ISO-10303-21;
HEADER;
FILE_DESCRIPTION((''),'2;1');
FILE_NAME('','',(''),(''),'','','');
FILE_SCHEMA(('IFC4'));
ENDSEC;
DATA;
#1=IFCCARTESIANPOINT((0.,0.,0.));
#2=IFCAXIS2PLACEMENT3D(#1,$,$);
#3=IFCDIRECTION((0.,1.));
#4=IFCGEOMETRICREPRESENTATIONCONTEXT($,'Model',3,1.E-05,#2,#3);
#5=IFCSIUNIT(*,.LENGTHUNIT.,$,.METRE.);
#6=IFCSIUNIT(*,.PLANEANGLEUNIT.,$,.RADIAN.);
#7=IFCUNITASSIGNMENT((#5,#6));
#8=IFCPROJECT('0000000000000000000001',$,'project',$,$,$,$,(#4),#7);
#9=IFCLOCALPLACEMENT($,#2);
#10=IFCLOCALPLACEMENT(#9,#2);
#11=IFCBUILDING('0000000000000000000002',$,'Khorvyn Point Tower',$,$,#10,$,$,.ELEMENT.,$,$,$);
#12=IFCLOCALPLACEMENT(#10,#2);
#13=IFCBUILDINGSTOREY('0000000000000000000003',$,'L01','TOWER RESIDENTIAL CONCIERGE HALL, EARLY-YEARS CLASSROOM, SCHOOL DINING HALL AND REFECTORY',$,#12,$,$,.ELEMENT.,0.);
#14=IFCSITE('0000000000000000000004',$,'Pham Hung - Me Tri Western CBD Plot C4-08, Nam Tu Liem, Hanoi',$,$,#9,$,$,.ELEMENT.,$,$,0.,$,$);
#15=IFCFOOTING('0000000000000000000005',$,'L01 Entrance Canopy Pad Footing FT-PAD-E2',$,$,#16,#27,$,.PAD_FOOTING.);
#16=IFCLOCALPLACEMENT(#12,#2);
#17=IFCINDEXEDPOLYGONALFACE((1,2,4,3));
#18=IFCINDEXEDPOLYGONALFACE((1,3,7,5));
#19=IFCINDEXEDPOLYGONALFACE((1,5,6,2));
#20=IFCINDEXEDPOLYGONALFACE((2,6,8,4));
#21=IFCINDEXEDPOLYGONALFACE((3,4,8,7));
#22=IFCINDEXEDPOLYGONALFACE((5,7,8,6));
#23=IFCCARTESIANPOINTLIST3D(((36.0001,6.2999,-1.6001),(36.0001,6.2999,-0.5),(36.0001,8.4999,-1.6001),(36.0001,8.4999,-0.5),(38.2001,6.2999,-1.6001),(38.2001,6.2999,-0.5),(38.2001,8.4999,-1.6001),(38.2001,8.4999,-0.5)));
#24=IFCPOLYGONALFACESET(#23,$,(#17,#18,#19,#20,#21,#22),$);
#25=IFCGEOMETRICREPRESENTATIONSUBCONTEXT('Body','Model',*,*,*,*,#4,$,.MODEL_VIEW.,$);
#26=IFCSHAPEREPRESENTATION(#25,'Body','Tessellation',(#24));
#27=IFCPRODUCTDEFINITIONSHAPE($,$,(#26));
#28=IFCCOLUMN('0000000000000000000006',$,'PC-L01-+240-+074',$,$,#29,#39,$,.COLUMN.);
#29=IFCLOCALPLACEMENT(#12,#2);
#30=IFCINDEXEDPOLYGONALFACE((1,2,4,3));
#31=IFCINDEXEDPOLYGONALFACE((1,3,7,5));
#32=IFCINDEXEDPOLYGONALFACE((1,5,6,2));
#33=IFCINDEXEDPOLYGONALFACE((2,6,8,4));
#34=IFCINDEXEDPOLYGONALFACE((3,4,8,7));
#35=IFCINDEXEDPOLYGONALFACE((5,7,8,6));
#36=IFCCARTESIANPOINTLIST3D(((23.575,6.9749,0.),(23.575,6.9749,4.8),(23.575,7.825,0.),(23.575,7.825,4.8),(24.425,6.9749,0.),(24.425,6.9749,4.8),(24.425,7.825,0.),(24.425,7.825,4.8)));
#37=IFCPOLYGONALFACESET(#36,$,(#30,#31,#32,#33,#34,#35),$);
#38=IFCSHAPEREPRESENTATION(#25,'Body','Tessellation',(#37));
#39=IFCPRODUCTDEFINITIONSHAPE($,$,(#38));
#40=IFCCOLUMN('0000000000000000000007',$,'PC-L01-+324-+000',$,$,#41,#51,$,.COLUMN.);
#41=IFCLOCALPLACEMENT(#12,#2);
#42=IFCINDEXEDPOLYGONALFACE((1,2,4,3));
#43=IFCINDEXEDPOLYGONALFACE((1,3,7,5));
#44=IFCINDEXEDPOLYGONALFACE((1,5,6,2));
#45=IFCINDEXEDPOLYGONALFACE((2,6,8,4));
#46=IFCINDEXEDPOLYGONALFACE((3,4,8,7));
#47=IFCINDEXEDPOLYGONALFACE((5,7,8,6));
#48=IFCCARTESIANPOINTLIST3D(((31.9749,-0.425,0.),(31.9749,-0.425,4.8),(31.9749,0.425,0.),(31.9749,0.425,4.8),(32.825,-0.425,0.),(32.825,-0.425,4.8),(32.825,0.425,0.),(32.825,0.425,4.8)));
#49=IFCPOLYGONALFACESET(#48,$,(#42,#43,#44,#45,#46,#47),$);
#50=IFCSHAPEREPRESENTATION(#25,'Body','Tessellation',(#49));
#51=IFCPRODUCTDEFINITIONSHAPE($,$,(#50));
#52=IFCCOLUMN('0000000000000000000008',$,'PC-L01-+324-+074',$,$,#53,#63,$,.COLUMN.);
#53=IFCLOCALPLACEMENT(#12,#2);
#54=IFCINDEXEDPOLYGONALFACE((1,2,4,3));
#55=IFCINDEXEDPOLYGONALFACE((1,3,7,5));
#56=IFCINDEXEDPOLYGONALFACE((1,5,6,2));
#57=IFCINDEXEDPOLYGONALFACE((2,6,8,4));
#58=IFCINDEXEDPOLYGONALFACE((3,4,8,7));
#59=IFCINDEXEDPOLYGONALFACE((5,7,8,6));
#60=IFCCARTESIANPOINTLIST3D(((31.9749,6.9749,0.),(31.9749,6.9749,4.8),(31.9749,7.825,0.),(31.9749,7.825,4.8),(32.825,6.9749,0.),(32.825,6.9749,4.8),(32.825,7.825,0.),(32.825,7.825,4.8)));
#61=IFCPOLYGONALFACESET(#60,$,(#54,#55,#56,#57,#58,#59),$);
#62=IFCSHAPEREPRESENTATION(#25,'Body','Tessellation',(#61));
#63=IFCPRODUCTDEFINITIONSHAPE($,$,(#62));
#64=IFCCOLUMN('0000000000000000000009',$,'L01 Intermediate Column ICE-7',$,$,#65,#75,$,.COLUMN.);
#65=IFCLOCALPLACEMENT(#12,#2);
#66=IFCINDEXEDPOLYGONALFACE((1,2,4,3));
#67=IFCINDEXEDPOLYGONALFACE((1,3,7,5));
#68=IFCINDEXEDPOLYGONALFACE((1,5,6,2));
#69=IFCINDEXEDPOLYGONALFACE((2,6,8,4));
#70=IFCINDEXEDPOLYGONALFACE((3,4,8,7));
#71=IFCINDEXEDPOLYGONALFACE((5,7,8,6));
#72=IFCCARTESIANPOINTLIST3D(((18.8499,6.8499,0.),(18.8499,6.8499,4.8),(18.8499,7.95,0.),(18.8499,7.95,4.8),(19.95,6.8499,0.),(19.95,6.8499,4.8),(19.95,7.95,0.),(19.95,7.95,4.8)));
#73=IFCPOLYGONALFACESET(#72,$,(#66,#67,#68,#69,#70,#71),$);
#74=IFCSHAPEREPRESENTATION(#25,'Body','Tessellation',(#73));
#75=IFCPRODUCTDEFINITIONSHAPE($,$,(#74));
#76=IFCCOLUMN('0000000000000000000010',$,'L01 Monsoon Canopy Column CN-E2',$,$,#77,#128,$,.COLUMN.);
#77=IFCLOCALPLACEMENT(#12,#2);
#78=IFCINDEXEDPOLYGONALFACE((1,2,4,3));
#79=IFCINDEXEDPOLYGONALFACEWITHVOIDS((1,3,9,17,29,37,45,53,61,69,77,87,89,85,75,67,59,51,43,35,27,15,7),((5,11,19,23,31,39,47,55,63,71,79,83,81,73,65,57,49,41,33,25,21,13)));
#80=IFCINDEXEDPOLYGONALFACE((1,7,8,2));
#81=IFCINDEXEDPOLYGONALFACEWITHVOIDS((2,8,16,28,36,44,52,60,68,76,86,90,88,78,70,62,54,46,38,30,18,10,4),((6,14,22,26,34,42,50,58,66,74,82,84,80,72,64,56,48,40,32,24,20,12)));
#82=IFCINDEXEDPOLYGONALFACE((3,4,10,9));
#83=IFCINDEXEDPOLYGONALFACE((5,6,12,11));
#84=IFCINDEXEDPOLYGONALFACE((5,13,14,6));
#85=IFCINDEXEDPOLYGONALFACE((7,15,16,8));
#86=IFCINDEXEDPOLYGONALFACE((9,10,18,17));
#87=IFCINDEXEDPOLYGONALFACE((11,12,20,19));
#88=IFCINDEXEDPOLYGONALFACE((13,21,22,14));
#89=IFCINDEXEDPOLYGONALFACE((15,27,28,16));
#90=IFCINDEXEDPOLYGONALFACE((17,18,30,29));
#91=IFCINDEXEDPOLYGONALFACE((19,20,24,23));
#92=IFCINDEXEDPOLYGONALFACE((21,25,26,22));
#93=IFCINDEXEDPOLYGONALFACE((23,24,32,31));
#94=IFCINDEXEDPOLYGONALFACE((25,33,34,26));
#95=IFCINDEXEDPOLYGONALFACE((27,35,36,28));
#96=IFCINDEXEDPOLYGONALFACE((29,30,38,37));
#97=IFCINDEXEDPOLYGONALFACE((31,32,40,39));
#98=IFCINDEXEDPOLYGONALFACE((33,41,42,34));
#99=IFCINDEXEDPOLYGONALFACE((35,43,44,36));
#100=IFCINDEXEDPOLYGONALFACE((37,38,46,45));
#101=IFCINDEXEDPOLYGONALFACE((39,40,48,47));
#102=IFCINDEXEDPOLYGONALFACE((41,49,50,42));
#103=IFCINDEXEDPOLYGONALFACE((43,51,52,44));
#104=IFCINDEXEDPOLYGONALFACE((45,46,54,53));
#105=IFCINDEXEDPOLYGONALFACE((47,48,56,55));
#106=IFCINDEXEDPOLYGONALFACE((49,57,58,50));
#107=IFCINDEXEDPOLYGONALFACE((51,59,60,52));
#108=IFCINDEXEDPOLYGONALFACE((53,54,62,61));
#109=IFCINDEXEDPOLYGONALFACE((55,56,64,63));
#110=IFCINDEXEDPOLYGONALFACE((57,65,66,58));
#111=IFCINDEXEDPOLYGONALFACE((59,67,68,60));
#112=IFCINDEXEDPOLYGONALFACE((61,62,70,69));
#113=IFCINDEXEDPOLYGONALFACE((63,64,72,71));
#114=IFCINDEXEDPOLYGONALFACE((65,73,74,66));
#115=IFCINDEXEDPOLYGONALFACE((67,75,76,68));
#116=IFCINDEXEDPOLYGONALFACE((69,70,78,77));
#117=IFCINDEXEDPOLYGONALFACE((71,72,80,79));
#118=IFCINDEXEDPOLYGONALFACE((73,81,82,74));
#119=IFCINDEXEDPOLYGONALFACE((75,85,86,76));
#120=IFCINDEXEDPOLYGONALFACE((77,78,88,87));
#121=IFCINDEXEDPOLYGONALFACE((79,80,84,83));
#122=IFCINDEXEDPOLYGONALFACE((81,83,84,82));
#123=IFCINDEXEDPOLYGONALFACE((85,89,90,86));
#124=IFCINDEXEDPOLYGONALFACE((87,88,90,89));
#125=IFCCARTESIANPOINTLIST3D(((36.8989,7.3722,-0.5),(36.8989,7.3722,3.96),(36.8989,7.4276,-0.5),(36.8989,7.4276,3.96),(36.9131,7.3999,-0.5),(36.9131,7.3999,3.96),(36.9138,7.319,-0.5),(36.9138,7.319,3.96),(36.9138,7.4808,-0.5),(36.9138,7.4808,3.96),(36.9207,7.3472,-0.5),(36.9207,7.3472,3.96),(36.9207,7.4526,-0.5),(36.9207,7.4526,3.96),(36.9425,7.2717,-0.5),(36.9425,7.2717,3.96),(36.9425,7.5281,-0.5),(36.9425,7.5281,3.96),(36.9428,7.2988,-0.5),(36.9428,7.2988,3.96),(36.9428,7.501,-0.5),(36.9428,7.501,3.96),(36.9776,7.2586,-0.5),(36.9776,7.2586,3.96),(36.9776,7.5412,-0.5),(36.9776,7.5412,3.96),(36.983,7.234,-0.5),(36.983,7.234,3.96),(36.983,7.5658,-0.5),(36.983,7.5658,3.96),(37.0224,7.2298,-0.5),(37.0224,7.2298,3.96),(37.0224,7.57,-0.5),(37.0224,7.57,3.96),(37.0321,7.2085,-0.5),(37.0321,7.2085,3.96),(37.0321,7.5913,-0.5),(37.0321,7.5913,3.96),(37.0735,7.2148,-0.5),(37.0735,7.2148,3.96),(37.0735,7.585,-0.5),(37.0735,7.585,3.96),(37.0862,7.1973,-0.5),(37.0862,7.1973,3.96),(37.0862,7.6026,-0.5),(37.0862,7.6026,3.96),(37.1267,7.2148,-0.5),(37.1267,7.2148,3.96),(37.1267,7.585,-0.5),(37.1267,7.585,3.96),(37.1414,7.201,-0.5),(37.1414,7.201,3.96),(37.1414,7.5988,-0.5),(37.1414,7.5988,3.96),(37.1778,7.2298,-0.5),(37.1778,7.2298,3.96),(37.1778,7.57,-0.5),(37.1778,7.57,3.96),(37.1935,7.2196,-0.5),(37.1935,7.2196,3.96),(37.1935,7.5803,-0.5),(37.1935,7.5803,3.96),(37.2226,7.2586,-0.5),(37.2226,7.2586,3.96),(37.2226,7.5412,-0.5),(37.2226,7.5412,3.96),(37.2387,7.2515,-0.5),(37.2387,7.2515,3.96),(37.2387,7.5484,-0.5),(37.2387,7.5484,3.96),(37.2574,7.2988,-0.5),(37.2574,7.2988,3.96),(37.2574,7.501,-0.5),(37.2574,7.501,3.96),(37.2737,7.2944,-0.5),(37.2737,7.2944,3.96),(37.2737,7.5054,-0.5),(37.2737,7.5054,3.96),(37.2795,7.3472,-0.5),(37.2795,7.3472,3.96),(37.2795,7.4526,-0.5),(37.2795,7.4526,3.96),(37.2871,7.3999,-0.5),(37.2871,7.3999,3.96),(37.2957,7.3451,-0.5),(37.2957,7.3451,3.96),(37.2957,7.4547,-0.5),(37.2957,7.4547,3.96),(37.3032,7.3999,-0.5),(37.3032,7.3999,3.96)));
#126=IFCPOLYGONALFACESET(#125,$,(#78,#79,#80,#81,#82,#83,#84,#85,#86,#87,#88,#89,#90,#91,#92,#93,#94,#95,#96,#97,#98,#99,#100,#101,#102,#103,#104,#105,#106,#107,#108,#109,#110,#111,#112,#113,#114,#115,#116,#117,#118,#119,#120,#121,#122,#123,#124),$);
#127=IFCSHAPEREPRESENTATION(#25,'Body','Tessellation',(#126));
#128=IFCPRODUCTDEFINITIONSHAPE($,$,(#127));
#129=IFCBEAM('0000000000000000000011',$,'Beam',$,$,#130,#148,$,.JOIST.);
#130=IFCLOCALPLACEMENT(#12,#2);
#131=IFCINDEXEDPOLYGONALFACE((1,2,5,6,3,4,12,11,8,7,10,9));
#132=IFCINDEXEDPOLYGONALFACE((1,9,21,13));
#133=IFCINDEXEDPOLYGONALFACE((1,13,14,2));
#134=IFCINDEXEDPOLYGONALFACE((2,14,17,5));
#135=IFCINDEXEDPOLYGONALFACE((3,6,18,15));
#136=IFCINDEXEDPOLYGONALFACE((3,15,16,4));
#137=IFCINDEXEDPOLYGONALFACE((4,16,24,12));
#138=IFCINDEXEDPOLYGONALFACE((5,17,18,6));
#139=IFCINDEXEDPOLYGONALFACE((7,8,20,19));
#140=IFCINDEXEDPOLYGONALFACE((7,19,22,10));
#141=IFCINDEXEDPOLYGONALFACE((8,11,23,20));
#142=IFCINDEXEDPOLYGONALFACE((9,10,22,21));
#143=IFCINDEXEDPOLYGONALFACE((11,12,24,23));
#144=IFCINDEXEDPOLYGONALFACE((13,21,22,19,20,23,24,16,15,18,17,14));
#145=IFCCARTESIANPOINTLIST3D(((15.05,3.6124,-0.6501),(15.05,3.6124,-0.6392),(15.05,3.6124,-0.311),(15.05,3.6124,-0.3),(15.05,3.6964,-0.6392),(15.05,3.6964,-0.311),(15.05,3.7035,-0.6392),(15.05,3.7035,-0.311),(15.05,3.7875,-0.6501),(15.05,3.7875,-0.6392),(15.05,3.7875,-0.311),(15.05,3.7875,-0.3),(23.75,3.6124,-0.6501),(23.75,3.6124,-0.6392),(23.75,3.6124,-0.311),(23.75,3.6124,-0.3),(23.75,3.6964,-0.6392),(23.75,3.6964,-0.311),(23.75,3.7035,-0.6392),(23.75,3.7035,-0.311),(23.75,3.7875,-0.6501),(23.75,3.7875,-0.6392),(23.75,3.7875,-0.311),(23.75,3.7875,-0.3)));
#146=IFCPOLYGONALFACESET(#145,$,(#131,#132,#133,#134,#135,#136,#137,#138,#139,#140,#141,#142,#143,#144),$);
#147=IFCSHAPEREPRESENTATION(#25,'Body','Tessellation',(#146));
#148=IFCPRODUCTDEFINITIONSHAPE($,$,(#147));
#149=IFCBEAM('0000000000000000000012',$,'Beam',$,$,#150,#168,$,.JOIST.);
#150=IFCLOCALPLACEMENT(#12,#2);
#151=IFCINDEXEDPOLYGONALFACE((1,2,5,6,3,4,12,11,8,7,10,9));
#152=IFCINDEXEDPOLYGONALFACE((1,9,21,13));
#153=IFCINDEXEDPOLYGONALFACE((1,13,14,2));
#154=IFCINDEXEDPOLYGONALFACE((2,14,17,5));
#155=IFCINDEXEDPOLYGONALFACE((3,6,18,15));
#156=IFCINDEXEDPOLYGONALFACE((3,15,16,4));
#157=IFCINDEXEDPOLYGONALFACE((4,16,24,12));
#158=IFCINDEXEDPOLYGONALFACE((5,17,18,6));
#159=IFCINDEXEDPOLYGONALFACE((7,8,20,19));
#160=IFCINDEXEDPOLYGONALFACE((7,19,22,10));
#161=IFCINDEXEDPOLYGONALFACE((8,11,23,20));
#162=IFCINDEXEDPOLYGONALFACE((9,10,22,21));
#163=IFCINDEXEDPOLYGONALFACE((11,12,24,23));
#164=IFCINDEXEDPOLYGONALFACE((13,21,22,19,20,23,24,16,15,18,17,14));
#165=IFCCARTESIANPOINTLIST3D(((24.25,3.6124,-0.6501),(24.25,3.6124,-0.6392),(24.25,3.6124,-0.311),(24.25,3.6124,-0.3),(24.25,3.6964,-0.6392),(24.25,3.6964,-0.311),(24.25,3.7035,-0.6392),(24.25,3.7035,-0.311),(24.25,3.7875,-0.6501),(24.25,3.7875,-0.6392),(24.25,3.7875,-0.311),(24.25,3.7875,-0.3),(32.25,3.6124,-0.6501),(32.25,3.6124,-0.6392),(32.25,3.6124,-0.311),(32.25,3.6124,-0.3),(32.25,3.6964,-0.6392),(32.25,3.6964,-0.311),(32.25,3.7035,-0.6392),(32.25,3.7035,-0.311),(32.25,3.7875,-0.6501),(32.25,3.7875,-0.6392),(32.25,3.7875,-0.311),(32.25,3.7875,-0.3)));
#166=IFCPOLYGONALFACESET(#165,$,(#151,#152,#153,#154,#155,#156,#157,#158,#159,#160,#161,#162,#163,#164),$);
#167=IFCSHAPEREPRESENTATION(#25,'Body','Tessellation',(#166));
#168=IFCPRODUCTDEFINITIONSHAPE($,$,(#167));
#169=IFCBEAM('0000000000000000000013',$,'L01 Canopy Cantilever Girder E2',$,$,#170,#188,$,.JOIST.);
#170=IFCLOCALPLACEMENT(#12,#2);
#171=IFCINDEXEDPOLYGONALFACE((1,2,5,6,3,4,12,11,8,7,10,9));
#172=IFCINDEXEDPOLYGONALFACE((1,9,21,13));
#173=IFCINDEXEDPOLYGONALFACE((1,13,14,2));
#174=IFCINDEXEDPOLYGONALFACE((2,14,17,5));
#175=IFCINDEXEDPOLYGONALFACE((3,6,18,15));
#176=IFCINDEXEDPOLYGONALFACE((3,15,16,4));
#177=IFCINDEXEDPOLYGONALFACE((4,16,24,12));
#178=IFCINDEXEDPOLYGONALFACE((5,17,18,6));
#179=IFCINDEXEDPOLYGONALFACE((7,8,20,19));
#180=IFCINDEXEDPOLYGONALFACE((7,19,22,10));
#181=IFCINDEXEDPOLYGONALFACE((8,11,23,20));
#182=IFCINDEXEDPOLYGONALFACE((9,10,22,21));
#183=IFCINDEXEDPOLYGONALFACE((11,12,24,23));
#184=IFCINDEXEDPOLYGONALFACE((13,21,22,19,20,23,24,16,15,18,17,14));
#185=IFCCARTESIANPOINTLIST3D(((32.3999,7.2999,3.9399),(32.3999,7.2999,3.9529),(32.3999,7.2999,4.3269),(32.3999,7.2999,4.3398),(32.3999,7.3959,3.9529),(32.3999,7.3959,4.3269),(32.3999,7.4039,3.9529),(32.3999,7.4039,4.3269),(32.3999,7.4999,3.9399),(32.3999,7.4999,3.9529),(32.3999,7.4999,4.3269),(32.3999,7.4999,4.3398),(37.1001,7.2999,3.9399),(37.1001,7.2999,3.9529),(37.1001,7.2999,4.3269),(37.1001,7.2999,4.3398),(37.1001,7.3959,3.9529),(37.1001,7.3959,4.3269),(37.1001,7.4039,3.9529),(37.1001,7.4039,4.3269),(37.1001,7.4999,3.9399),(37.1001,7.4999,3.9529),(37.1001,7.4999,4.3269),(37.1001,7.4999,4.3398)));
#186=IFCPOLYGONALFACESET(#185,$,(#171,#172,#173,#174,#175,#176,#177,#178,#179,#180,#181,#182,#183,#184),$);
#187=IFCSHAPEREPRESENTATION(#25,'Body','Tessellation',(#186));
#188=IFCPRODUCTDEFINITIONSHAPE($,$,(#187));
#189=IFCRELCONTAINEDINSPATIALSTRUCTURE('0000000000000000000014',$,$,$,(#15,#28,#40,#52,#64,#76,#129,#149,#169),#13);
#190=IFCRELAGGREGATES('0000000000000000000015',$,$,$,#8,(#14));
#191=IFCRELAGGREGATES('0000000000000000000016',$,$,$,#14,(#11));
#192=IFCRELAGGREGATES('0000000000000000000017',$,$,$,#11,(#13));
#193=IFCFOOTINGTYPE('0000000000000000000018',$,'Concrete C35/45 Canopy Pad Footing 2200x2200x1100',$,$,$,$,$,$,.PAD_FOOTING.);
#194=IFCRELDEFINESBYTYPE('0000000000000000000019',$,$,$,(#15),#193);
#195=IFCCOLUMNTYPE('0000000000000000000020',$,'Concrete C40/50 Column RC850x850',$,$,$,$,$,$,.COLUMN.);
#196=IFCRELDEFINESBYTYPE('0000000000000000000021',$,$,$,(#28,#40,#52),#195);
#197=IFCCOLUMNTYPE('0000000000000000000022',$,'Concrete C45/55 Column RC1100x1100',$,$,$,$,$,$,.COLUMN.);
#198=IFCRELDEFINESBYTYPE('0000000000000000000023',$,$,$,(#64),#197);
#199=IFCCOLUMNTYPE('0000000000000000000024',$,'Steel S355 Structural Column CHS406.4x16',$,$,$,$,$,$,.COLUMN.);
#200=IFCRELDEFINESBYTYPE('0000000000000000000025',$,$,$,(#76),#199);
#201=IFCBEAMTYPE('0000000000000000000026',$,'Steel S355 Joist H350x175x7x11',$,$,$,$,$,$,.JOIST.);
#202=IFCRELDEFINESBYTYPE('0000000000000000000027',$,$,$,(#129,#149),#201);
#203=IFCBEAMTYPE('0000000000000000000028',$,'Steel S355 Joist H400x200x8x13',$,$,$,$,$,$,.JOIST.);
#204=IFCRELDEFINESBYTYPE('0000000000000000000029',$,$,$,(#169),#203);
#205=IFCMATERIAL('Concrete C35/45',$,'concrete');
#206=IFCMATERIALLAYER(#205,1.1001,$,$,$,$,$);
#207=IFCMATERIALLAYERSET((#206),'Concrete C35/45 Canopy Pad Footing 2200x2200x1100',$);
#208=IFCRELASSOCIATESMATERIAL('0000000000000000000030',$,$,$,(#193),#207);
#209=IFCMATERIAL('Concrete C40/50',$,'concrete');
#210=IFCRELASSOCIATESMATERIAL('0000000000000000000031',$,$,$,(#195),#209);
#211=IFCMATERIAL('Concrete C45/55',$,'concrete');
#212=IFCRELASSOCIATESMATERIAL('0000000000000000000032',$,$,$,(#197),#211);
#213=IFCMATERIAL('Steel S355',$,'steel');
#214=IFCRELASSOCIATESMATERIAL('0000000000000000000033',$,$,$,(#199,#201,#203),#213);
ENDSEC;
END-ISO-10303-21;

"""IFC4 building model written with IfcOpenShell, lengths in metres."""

from ifc_helpers import new_model, si_unit, direction, frame, origin, origin_2d, place, context, subcontext, project, spatial, rectangle, hollow_circle, i_section, extrude, material, layer, layer_set, material_profile, profile_set, type_object, element, save


model = new_model("IFC4")

# Units and contexts
model_context = context("Model", 3, precision=1e-05, world=origin(), true_north=direction((0.0, 1.0)))
body_context = subcontext(model_context, "Body", "Model", "MODEL_VIEW")
ifc_project = project(units=[si_unit("LENGTHUNIT", "METRE"), si_unit("PLANEANGLEUNIT", "RADIAN")], contexts=[model_context])

# Site, building, storey
site_placement = place(None, origin())
site = spatial("IfcSite", under=ifc_project, at=site_placement, Name="Pham Hung - Me Tri Western CBD Plot C4-08, Nam Tu Liem, Hanoi", CompositionType="ELEMENT", RefElevation=0.0)
building_placement = place(site_placement, origin())
building = spatial("IfcBuilding", under=site, at=building_placement, Name="Khorvyn Point Tower", CompositionType="ELEMENT")
storey_placement = place(building_placement, origin())
storey = spatial("IfcBuildingStorey", under=building, at=storey_placement, Name="L01", Description="TOWER RESIDENTIAL CONCIERGE HALL, EARLY-YEARS CLASSROOM, SCHOOL DINING HALL AND REFECTORY", CompositionType="ELEMENT", Elevation=0.0)

# Footing
ifc_material_1 = material(Name="Concrete C35/45", Category="concrete")
ifc_layer_1 = layer(ifc_material_1, 1.1001)
ifc_layer_set_1 = layer_set([ifc_layer_1], Name="Concrete C35/45 Canopy Pad Footing 2200x2200x1100")
footing_type = type_object("IfcFootingType", Name="Concrete C35/45 Canopy Pad Footing 2200x2200x1100", PredefinedType="PAD_FOOTING", material=ifc_layer_set_1)
footing_placement = place(storey_placement, frame((37.1001, 7.3999, -1.6001), z_axis=(0.0, 0.0, 1.0), x_axis=(1.0, 0.0, 0.0)))
element("IfcFooting", 1, at=footing_placement, inside=storey, type_object=footing_type, Name="L01 Entrance Canopy Pad Footing FT-PAD-E2", PredefinedType="PAD_FOOTING", context=body_context, shape_type="SweptSolid", body=[
    extrude(rectangle(XDim=2.2, YDim=2.2, at=origin_2d()), origin(), (0.0, 0.0, 1.0), 1.1001),
])

# Columns
ifc_material_2 = material(Name="Concrete C40/50", Category="concrete")
ifc_material_profile_1 = material_profile(ifc_material_2, rectangle(XDim=0.8501, YDim=0.8501, at=origin_2d()))
ifc_profile_set_1 = profile_set([ifc_material_profile_1], Name="Concrete C40/50 RC850x850")
column_type_1 = type_object("IfcColumnType", Name="Concrete C40/50 Column RC850x850", PredefinedType="COLUMN", material=ifc_profile_set_1)
for number, where, z_axis, x_axis, name in (
    (2, (24.0, 7.3999, 0.0), (0.0, 0.0, 1.0), (1.0, 0.0, 0.0), "PC-L01-+240-+074"),
    (3, (32.3999, 0.0, 0.0), (0.0, 0.0, 1.0), (1.0, 0.0, 0.0), "PC-L01-+324-+000"),
    (4, (32.3999, 7.3999, 0.0), (0.0, 0.0, 1.0), (1.0, 0.0, 0.0), "PC-L01-+324-+074"),
):
    element("IfcColumn", number, at=place(storey_placement, frame(where, z_axis=z_axis, x_axis=x_axis)), inside=storey, type_object=column_type_1, Name=name, PredefinedType="COLUMN", context=body_context, shape_type="SweptSolid", body=[
        extrude(rectangle(XDim=0.8501, YDim=0.8501, at=origin_2d()), origin(), (0.0, 0.0, 1.0), 4.8),
    ])
ifc_material_3 = material(Name="Concrete C45/55", Category="concrete")
ifc_material_profile_2 = material_profile(ifc_material_3, rectangle(XDim=1.1001, YDim=1.1001, at=origin_2d()))
ifc_profile_set_2 = profile_set([ifc_material_profile_2], Name="Concrete C45/55 RC1100x1100")
column_type_2 = type_object("IfcColumnType", Name="Concrete C45/55 Column RC1100x1100", PredefinedType="COLUMN", material=ifc_profile_set_2)
column_1_placement = place(storey_placement, frame((19.3999, 7.3999, 0.0), z_axis=(0.0, 0.0, 1.0), x_axis=(1.0, 0.0, 0.0)))
element("IfcColumn", 5, at=column_1_placement, inside=storey, type_object=column_type_2, Name="L01 Intermediate Column ICE-7", PredefinedType="COLUMN", context=body_context, shape_type="SweptSolid", body=[
    extrude(rectangle(XDim=1.1001, YDim=1.1001, at=origin_2d()), origin(), (0.0, 0.0, 1.0), 4.8),
])
ifc_material_4 = material(Name="Steel S355", Category="steel")
ifc_material_profile_3 = material_profile(ifc_material_4, hollow_circle(Radius=0.2031, WallThickness=0.0161, at=origin_2d()))
ifc_profile_set_3 = profile_set([ifc_material_profile_3], Name="Steel S355 CHS406.4x16")
column_type_3 = type_object("IfcColumnType", Name="Steel S355 Structural Column CHS406.4x16", PredefinedType="COLUMN", material=ifc_profile_set_3)
column_2_placement = place(storey_placement, frame((37.1001, 7.3999, -0.5), z_axis=(0.0, 0.0, 1.0), x_axis=(1.0, 0.0, 0.0)))
element("IfcColumn", 6, at=column_2_placement, inside=storey, type_object=column_type_3, Name="L01 Monsoon Canopy Column CN-E2", PredefinedType="COLUMN", context=body_context, shape_type="SweptSolid", body=[
    extrude(hollow_circle(Radius=0.2031, WallThickness=0.0161, at=origin_2d()), origin(), (0.0, 0.0, 1.0), 4.46),
])

# Beams
ifc_material_profile_4 = material_profile(ifc_material_4, i_section(OverallWidth=0.175, OverallDepth=0.3501, WebThickness=0.0071, FlangeThickness=0.011, at=origin_2d()))
ifc_profile_set_4 = profile_set([ifc_material_profile_4], Name="Steel S355 H350x175x7x11")
beam_type_1 = type_object("IfcBeamType", Name="Steel S355 Joist H350x175x7x11", PredefinedType="JOIST", material=ifc_profile_set_4)
beam_1_placement = place(storey_placement, frame((15.05, 3.7, -0.4751), z_axis=(1.0, 0.0, 0.0), x_axis=(0.0, 1.0, 0.0)))
element("IfcBeam", 7, at=beam_1_placement, inside=storey, type_object=beam_type_1, Name="Beam", PredefinedType="JOIST", context=body_context, shape_type="SweptSolid", body=[
    extrude(i_section(OverallWidth=0.175, OverallDepth=0.3501, WebThickness=0.0071, FlangeThickness=0.011, at=origin_2d()), origin(), (0.0, 0.0, 1.0), 8.7),
])
beam_2_placement = place(storey_placement, frame((24.25, 3.7, -0.4751), z_axis=(1.0, 0.0, 0.0), x_axis=(0.0, 1.0, 0.0)))
element("IfcBeam", 8, at=beam_2_placement, inside=storey, type_object=beam_type_1, Name="Beam", PredefinedType="JOIST", context=body_context, shape_type="SweptSolid", body=[
    extrude(i_section(OverallWidth=0.175, OverallDepth=0.3501, WebThickness=0.0071, FlangeThickness=0.011, at=origin_2d()), origin(), (0.0, 0.0, 1.0), 8.0),
])
ifc_material_profile_5 = material_profile(ifc_material_4, i_section(OverallWidth=0.2, OverallDepth=0.3999, WebThickness=0.0081, FlangeThickness=0.0129, at=origin_2d()))
ifc_profile_set_5 = profile_set([ifc_material_profile_5], Name="Steel S355 H400x200x8x13")
beam_type_2 = type_object("IfcBeamType", Name="Steel S355 Joist H400x200x8x13", PredefinedType="JOIST", material=ifc_profile_set_5)
beam_3_placement = place(storey_placement, frame((32.3999, 7.3999, 4.1399), z_axis=(1.0, 0.0, 0.0), x_axis=(0.0, 1.0, 0.0)))
element("IfcBeam", 9, at=beam_3_placement, inside=storey, type_object=beam_type_2, Name="L01 Canopy Cantilever Girder E2", PredefinedType="JOIST", context=body_context, shape_type="SweptSolid", body=[
    extrude(i_section(OverallWidth=0.2, OverallDepth=0.3999, WebThickness=0.0081, FlangeThickness=0.0129, at=origin_2d()), origin(), (0.0, 0.0, 1.0), 4.7002),
])

save(model, "model.ifc")
